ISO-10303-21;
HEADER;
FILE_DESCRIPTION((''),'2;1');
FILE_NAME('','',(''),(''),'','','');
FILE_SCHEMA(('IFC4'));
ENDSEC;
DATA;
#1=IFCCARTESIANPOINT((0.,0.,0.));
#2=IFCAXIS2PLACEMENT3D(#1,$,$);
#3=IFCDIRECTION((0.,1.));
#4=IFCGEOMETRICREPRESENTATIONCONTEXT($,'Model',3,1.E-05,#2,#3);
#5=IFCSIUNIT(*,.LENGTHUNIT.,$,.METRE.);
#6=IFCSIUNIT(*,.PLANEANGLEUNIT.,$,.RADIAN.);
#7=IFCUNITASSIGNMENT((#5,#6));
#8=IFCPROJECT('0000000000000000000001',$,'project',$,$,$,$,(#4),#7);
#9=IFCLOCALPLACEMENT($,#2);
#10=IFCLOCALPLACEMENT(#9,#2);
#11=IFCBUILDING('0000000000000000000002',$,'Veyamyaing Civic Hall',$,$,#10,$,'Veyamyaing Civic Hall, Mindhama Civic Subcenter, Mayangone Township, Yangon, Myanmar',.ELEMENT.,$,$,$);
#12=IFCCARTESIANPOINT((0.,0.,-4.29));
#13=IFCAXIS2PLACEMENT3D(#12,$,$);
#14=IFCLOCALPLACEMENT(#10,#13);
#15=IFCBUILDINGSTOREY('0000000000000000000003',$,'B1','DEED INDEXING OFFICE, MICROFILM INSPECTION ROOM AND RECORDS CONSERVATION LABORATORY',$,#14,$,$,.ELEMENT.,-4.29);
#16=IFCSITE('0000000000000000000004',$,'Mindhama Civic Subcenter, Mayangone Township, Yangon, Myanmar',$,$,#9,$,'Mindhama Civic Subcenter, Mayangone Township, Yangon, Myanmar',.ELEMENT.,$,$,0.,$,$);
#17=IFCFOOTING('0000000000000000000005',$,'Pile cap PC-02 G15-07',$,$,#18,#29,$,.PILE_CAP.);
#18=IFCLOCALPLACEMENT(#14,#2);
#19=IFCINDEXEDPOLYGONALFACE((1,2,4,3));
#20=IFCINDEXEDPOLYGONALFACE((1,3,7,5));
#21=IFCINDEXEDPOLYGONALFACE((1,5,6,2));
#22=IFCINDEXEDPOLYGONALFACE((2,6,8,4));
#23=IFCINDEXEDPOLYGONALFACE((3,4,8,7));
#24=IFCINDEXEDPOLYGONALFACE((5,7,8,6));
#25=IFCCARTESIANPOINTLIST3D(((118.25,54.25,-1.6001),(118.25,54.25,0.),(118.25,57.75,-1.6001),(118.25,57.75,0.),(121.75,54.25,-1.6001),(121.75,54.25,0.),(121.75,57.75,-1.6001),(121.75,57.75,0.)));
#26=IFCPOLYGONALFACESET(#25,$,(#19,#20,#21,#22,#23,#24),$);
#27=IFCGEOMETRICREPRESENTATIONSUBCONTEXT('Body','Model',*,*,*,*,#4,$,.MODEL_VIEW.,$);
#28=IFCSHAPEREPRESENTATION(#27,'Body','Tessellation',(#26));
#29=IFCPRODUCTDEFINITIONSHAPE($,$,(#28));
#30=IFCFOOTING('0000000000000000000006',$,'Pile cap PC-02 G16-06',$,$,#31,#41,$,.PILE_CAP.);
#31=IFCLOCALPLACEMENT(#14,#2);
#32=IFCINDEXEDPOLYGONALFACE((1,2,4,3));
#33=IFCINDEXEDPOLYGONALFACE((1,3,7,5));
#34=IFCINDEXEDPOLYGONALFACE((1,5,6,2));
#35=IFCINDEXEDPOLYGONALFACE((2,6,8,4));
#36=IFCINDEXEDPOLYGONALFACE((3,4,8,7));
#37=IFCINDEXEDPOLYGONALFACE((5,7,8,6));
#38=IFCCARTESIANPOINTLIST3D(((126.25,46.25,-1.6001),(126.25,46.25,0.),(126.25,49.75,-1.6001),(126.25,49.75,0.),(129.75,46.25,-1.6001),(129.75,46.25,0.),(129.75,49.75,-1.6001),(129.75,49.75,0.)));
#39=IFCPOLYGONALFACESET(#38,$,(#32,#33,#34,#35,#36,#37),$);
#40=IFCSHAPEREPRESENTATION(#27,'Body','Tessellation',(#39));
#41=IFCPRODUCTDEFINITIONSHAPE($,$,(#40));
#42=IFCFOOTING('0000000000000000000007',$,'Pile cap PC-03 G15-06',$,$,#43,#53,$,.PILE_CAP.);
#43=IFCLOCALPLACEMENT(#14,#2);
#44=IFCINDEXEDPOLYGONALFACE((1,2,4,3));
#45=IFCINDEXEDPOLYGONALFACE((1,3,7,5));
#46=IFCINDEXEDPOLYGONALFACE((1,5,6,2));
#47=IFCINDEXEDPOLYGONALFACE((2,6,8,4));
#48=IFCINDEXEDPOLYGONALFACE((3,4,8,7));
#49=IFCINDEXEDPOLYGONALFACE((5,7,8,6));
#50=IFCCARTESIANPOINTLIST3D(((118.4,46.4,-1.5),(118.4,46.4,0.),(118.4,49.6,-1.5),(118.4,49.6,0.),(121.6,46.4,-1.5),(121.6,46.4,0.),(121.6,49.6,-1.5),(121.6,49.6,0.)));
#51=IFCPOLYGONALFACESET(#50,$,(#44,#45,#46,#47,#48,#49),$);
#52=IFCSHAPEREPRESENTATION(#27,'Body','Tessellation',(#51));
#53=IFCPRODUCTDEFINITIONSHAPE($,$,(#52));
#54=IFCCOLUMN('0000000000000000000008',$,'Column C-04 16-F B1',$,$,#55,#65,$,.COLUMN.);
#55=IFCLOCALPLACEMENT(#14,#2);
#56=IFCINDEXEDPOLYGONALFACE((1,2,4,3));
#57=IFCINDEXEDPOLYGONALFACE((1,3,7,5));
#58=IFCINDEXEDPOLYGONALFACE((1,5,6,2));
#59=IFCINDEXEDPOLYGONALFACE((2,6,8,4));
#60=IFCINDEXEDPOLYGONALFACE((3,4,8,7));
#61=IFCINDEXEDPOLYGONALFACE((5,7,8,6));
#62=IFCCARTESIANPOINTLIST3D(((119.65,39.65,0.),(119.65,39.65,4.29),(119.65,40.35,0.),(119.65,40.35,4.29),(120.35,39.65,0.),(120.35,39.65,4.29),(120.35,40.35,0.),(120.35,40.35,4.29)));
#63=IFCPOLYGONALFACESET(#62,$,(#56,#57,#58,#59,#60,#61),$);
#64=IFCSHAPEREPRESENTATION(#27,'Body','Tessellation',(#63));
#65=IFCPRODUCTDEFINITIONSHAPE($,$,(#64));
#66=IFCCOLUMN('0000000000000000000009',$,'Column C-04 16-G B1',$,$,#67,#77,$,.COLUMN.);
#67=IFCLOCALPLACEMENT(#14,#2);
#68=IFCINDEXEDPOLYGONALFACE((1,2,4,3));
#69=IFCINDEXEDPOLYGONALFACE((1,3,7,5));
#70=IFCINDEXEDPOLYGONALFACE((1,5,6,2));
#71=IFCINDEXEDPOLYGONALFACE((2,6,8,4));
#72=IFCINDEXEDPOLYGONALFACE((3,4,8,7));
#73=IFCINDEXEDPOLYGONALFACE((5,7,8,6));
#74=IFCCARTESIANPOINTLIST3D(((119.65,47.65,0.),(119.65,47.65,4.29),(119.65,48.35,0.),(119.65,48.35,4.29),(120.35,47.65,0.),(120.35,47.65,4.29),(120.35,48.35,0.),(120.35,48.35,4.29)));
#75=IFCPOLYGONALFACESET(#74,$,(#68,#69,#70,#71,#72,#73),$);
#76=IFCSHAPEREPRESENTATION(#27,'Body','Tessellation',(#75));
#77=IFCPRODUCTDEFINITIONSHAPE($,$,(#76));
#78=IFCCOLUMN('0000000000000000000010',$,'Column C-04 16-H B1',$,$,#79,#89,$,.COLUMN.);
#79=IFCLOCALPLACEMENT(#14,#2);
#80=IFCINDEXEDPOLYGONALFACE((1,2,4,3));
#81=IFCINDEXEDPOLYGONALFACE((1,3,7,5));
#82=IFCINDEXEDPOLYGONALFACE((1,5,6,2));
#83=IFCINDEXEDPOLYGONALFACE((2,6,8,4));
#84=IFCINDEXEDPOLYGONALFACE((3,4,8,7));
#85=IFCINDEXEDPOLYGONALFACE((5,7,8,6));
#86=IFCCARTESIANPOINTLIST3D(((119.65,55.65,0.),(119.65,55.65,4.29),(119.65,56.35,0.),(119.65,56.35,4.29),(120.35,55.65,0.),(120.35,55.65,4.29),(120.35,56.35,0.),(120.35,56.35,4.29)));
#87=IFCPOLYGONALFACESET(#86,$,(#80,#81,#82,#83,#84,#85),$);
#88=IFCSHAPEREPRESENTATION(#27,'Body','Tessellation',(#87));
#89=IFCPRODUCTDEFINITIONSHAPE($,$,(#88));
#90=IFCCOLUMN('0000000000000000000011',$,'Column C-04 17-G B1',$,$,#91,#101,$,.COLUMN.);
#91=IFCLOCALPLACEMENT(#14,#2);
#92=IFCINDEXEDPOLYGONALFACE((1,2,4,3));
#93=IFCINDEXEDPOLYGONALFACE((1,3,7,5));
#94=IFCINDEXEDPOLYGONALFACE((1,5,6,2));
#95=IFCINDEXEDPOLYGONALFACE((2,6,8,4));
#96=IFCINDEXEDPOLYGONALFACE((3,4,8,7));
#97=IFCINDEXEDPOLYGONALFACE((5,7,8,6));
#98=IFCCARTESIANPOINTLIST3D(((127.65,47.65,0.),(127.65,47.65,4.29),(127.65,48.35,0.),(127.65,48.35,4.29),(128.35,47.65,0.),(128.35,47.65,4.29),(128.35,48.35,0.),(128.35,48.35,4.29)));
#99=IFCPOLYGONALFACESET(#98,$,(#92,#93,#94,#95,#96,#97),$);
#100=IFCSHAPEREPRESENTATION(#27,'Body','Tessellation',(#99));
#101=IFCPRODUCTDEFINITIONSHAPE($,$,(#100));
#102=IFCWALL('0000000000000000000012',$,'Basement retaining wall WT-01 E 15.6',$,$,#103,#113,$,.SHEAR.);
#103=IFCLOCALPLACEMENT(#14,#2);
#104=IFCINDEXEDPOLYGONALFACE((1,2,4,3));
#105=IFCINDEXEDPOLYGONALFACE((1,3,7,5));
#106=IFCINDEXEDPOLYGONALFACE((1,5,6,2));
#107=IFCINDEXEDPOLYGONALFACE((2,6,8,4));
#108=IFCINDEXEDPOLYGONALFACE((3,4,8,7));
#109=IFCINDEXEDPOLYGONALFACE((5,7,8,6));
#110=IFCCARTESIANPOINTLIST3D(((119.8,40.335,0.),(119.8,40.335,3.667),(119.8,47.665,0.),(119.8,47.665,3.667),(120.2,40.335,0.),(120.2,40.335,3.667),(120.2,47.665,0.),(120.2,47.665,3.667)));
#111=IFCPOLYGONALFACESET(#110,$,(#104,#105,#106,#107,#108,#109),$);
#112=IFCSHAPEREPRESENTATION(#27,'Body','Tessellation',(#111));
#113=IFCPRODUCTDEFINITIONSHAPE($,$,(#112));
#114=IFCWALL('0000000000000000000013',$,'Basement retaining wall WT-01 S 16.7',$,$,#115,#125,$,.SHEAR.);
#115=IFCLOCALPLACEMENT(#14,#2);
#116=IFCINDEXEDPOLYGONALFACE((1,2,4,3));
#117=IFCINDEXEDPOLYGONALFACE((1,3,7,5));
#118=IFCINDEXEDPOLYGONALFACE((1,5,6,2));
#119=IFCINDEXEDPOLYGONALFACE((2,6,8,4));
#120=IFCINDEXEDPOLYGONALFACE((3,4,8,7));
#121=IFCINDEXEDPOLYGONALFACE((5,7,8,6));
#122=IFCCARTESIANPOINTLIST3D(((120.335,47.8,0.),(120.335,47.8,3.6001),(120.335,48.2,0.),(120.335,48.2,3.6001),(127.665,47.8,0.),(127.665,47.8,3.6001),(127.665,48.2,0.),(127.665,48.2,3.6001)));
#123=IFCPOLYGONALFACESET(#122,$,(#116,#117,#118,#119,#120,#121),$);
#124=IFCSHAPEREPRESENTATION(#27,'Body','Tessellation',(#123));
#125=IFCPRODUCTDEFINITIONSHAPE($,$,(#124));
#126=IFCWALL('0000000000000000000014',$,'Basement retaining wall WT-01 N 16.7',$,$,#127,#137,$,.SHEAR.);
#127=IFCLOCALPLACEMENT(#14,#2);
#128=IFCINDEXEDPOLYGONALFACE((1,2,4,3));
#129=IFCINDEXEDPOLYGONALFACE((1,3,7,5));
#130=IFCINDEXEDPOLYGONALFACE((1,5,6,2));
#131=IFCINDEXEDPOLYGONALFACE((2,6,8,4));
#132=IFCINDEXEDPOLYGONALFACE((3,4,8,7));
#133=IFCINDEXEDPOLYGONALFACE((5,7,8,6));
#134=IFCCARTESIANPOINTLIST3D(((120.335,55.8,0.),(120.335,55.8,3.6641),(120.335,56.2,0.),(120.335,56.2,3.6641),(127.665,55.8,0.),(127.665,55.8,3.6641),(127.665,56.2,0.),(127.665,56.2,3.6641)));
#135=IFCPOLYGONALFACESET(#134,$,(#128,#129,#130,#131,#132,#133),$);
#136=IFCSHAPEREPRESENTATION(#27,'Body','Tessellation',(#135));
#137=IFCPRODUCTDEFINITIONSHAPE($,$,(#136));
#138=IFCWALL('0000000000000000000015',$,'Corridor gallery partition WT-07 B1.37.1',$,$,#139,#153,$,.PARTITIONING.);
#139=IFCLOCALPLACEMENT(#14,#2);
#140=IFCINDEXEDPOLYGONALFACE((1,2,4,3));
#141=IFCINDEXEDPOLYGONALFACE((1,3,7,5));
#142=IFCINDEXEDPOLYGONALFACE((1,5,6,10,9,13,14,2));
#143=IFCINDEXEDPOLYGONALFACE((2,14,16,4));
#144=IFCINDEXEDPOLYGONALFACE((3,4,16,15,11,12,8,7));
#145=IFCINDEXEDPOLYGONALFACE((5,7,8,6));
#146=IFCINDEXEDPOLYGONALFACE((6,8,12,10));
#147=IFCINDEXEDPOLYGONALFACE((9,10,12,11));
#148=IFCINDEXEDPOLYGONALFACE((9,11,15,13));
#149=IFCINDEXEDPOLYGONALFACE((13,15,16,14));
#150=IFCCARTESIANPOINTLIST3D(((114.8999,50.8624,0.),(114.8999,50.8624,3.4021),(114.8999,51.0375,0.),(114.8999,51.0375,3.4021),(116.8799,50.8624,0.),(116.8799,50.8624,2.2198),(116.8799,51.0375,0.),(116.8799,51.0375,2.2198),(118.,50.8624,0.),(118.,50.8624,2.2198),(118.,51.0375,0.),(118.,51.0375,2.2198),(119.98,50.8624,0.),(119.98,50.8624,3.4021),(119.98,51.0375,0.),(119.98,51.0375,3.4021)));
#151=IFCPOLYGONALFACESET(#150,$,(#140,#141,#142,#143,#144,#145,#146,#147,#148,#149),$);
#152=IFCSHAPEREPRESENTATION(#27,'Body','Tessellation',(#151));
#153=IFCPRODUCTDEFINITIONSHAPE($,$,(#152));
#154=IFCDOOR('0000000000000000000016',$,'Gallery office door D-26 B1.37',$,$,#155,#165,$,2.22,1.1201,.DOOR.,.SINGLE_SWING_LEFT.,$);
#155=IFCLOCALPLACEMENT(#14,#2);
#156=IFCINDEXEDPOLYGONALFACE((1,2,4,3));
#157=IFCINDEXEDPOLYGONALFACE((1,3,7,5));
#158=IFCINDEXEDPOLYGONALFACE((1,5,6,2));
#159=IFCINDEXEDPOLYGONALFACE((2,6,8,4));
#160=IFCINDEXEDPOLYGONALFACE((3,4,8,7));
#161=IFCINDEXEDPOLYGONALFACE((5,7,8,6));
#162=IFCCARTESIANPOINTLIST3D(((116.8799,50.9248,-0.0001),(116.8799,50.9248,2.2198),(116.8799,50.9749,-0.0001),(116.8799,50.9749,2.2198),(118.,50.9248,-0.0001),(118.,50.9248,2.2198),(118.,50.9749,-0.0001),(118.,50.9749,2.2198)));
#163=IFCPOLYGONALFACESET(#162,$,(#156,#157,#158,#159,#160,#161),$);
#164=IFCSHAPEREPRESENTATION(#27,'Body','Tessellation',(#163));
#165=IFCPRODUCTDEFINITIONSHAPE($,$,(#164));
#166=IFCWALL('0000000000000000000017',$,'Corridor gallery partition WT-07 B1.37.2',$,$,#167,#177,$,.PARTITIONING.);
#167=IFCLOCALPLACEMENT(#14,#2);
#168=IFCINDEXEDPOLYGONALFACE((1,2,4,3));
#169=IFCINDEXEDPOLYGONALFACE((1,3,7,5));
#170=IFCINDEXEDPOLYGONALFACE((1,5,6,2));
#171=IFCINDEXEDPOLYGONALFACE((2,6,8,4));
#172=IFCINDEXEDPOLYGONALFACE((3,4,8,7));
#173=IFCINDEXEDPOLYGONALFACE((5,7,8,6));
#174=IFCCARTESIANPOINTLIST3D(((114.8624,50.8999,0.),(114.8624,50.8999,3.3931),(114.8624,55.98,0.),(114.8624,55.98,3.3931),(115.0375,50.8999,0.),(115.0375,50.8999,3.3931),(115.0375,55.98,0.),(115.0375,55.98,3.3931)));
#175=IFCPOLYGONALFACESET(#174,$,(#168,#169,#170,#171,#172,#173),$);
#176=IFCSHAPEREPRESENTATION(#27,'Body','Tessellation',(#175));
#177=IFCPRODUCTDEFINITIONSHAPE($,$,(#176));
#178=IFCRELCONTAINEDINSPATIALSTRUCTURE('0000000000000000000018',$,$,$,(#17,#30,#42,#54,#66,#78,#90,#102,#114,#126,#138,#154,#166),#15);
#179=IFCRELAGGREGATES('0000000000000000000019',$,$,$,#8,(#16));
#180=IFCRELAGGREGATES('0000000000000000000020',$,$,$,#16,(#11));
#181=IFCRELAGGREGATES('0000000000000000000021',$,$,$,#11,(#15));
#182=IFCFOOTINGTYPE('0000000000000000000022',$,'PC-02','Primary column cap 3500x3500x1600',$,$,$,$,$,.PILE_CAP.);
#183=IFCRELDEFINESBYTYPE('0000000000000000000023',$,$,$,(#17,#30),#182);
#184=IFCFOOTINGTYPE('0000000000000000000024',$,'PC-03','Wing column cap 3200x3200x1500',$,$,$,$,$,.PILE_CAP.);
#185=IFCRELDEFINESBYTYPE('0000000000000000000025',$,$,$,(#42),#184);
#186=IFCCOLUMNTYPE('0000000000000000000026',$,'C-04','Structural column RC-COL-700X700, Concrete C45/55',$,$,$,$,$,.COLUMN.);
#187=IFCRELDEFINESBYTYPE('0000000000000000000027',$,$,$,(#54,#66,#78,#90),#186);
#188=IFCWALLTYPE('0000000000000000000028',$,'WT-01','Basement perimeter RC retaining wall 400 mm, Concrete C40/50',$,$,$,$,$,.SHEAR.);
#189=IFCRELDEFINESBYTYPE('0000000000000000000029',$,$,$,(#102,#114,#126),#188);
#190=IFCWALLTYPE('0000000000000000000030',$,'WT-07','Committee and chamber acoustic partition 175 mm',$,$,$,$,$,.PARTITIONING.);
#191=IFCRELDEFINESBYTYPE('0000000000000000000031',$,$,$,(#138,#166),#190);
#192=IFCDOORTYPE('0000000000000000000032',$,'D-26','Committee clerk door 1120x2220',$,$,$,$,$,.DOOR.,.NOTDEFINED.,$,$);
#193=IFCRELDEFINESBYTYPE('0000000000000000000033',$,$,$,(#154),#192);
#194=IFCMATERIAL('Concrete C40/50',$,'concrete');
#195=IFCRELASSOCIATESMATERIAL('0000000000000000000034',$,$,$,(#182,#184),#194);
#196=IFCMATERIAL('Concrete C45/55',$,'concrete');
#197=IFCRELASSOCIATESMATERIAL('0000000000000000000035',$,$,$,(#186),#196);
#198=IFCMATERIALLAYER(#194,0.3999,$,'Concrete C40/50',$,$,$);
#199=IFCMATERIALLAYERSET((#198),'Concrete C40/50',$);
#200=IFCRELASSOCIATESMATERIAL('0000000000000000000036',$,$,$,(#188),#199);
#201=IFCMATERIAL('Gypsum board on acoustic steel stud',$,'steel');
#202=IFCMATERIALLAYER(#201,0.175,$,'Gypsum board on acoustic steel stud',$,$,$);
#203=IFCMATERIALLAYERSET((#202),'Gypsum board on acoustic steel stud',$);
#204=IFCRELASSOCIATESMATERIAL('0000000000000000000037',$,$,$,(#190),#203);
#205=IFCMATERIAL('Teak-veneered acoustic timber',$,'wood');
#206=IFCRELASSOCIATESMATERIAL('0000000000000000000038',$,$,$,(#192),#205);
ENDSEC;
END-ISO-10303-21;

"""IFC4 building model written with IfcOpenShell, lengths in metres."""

from ifc_helpers import new_model, si_unit, direction, frame, frame_2d, origin, origin_2d, place, context, subcontext, project, spatial, rectangle, extrude, material, layer, layer_set, material_profile, profile_set, type_object, element, fill, save


model = new_model("IFC4")

# Units and contexts
model_context = context("Model", 3, precision=1e-05, world=origin(), true_north=direction((0.0, 1.0)))
body_context = subcontext(model_context, "Body", "Model", "MODEL_VIEW")
ifc_project = project(units=[si_unit("LENGTHUNIT", "METRE"), si_unit("PLANEANGLEUNIT", "RADIAN")], contexts=[model_context])

# Site, building, storey
site_placement = place(None, origin())
site = spatial("IfcSite", under=ifc_project, at=site_placement, Name="Mindhama Civic Subcenter, Mayangone Township, Yangon, Myanmar", LongName="Mindhama Civic Subcenter, Mayangone Township, Yangon, Myanmar", CompositionType="ELEMENT", RefElevation=0.0)
building_placement = place(site_placement, origin())
building = spatial("IfcBuilding", under=site, at=building_placement, Name="Veyamyaing Civic Hall", LongName="Veyamyaing Civic Hall, Mindhama Civic Subcenter, Mayangone Township, Yangon, Myanmar", CompositionType="ELEMENT")
storey_placement = place(building_placement, frame((0.0, 0.0, -4.29)))
storey = spatial("IfcBuildingStorey", under=building, at=storey_placement, Name="B1", Description="DEED INDEXING OFFICE, MICROFILM INSPECTION ROOM AND RECORDS CONSERVATION LABORATORY", CompositionType="ELEMENT", Elevation=-4.29)

# Shared definitions
ifc_material_1 = material(Name="Concrete C40/50", Category="concrete")

# Footings
footing_type_1 = type_object("IfcFootingType", Name="PC-02", Description="Primary column cap 3500x3500x1600", PredefinedType="PILE_CAP", material=ifc_material_1)
for number, where, z_axis, x_axis, name in (
    (1, (120.0, 56.0, -1.6001), (0.0, 0.0, 1.0), (1.0, 0.0, 0.0), "Pile cap PC-02 G15-07"),
    (2, (128.0, 48.0, -1.6001), (0.0, 0.0, 1.0), (1.0, 0.0, 0.0), "Pile cap PC-02 G16-06"),
):
    element("IfcFooting", number, at=place(storey_placement, frame(where, z_axis=z_axis, x_axis=x_axis)), inside=storey, type_object=footing_type_1, Name=name, PredefinedType="PILE_CAP", context=body_context, shape_type="SweptSolid", body=[
        extrude(rectangle(XDim=3.5, YDim=3.5, at=origin_2d()), origin(), (0.0, 0.0, 1.0), 1.6001),
    ])
footing_type_2 = type_object("IfcFootingType", Name="PC-03", Description="Wing column cap 3200x3200x1500", PredefinedType="PILE_CAP", material=ifc_material_1)
footing_1_placement = place(storey_placement, frame((120.0, 48.0, -1.5), z_axis=(0.0, 0.0, 1.0), x_axis=(1.0, 0.0, 0.0)))
element("IfcFooting", 3, at=footing_1_placement, inside=storey, type_object=footing_type_2, Name="Pile cap PC-03 G15-06", PredefinedType="PILE_CAP", context=body_context, shape_type="SweptSolid", body=[
    extrude(rectangle(XDim=3.2, YDim=3.2, at=origin_2d()), origin(), (0.0, 0.0, 1.0), 1.5),
])

# Columns
ifc_material_2 = material(Name="Concrete C45/55", Category="concrete")
ifc_material_profile_1 = material_profile(ifc_material_2, rectangle(XDim=0.7, YDim=0.7, at=origin_2d()), Name="RC-COL-700X700")
ifc_profile_set_1 = profile_set([ifc_material_profile_1], Name="Concrete C45/55")
column_type = type_object("IfcColumnType", Name="C-04", Description="Structural column RC-COL-700X700, Concrete C45/55", PredefinedType="COLUMN", material=ifc_profile_set_1)
for number, where, z_axis, x_axis, name in (
    (4, (120.0, 40.0, 0.0), (0.0, 0.0, 1.0), (1.0, 0.0, 0.0), "Column C-04 16-F B1"),
    (5, (120.0, 48.0, 0.0), (0.0, 0.0, 1.0), (1.0, 0.0, 0.0), "Column C-04 16-G B1"),
    (6, (120.0, 56.0, 0.0), (0.0, 0.0, 1.0), (1.0, 0.0, 0.0), "Column C-04 16-H B1"),
    (7, (128.0, 48.0, 0.0), (0.0, 0.0, 1.0), (1.0, 0.0, 0.0), "Column C-04 17-G B1"),
):
    element("IfcColumn", number, at=place(storey_placement, frame(where, z_axis=z_axis, x_axis=x_axis)), inside=storey, type_object=column_type, Name=name, PredefinedType="COLUMN", context=body_context, shape_type="SweptSolid", body=[
        extrude(rectangle(XDim=0.7, YDim=0.7, at=origin_2d()), origin(), (0.0, 0.0, 1.0), 4.29),
    ])

# Walls
ifc_layer_1 = layer(ifc_material_1, 0.3999, Name="Concrete C40/50")
ifc_layer_set_1 = layer_set([ifc_layer_1], Name="Concrete C40/50")
wall_type_1 = type_object("IfcWallType", Name="WT-01", Description="Basement perimeter RC retaining wall 400 mm, Concrete C40/50", PredefinedType="SHEAR", material=ifc_layer_set_1)
wall_1_placement = place(storey_placement, frame((120.0, 40.335, 0.0), z_axis=(0.0, 0.0, 1.0), x_axis=(0.0, 1.0, 0.0)))
element("IfcWall", 8, at=wall_1_placement, inside=storey, type_object=wall_type_1, Name="Basement retaining wall WT-01 E 15.6", PredefinedType="SHEAR", context=body_context, shape_type="SweptSolid", body=[
    extrude(rectangle(XDim=7.3301, YDim=0.3999, at=frame_2d((3.665, 0.0))), origin(), (0.0, 0.0, 1.0), 3.667),
])
wall_2_placement = place(storey_placement, frame((120.335, 48.0, 0.0), z_axis=(0.0, 0.0, 1.0), x_axis=(1.0, 0.0, 0.0)))
element("IfcWall", 9, at=wall_2_placement, inside=storey, type_object=wall_type_1, Name="Basement retaining wall WT-01 S 16.7", PredefinedType="SHEAR", context=body_context, shape_type="SweptSolid", body=[
    extrude(rectangle(XDim=7.3301, YDim=0.3999, at=frame_2d((3.665, 0.0))), origin(), (0.0, 0.0, 1.0), 3.6001),
])
wall_3_placement = place(storey_placement, frame((120.335, 56.0, 0.0), z_axis=(0.0, 0.0, 1.0), x_axis=(1.0, 0.0, 0.0)))
element("IfcWall", 10, at=wall_3_placement, inside=storey, type_object=wall_type_1, Name="Basement retaining wall WT-01 N 16.7", PredefinedType="SHEAR", context=body_context, shape_type="SweptSolid", body=[
    extrude(rectangle(XDim=7.3301, YDim=0.3999, at=frame_2d((3.665, 0.0))), origin(), (0.0, 0.0, 1.0), 3.6641),
])

# Wall, opening, door
ifc_material_3 = material(Name="Gypsum board on acoustic steel stud", Category="steel")
ifc_layer_2 = layer(ifc_material_3, 0.175, Name="Gypsum board on acoustic steel stud")
ifc_layer_set_2 = layer_set([ifc_layer_2], Name="Gypsum board on acoustic steel stud")
wall_type_2 = type_object("IfcWallType", Name="WT-07", Description="Committee and chamber acoustic partition 175 mm", PredefinedType="PARTITIONING", material=ifc_layer_set_2)
wall_4_placement = place(storey_placement, frame((114.8999, 50.95, 0.0), z_axis=(0.0, 0.0, 1.0), x_axis=(1.0, 0.0, 0.0)))
wall_4 = element("IfcWall", 11, at=wall_4_placement, inside=storey, type_object=wall_type_2, Name="Corridor gallery partition WT-07 B1.37.1", PredefinedType="PARTITIONING", context=body_context, shape_type="SweptSolid", body=[
    extrude(rectangle(XDim=5.0801, YDim=0.175, at=frame_2d((2.54, 0.0))), origin(), (0.0, 0.0, 1.0), 3.4021),
])
opening_1_placement = place(wall_4_placement, frame((1.98, 0.0, 0.0)))
opening_1 = element("IfcOpeningElement", 12, at=opening_1_placement, cuts=wall_4, PredefinedType="OPENING", context=body_context, shape_type="SweptSolid", body=[
    extrude(rectangle(XDim=1.1201, YDim=2.22, at=frame_2d((0.5601, 1.1099))), frame((0.0, 0.0974, 0.0), z_axis=(0.0, -1.0, 0.0), x_axis=(1.0, 0.0, 0.0)), (0.0, 0.0, 1.0), 0.1951),
])
ifc_material_4 = material(Name="Teak-veneered acoustic timber", Category="wood")
door_type_1 = type_object("IfcDoorType", Name="D-26", Description="Committee clerk door 1120x2220", OperationType="NOTDEFINED", PredefinedType="DOOR", material=ifc_material_4)
door_1_placement = place(opening_1_placement, origin())
door_1 = element("IfcDoor", 13, at=door_1_placement, inside=storey, type_object=door_type_1, Name="Gallery office door D-26 B1.37", OperationType="SINGLE_SWING_LEFT", OverallHeight=2.22, OverallWidth=1.1201, PredefinedType="DOOR", context=body_context, shape_type="SweptSolid", body=[
    extrude(rectangle(XDim=1.1201, YDim=2.22, at=frame_2d((0.5601, 1.1099))), frame((0.0, 0.0249, 0.0), z_axis=(0.0, -1.0, 0.0), x_axis=(1.0, 0.0, 0.0)), (0.0, 0.0, 1.0), 0.05),
])
fill(opening_1, door_1)

# Wall
wall_5_placement = place(storey_placement, frame((114.95, 50.8999, 0.0), z_axis=(0.0, 0.0, 1.0), x_axis=(0.0, 1.0, 0.0)))
element("IfcWall", 14, at=wall_5_placement, inside=storey, type_object=wall_type_2, Name="Corridor gallery partition WT-07 B1.37.2", PredefinedType="PARTITIONING", context=body_context, shape_type="SweptSolid", body=[
    extrude(rectangle(XDim=5.0801, YDim=0.175, at=frame_2d((2.54, 0.0))), origin(), (0.0, 0.0, 1.0), 3.3931),
])

save(model, "model.ifc")
